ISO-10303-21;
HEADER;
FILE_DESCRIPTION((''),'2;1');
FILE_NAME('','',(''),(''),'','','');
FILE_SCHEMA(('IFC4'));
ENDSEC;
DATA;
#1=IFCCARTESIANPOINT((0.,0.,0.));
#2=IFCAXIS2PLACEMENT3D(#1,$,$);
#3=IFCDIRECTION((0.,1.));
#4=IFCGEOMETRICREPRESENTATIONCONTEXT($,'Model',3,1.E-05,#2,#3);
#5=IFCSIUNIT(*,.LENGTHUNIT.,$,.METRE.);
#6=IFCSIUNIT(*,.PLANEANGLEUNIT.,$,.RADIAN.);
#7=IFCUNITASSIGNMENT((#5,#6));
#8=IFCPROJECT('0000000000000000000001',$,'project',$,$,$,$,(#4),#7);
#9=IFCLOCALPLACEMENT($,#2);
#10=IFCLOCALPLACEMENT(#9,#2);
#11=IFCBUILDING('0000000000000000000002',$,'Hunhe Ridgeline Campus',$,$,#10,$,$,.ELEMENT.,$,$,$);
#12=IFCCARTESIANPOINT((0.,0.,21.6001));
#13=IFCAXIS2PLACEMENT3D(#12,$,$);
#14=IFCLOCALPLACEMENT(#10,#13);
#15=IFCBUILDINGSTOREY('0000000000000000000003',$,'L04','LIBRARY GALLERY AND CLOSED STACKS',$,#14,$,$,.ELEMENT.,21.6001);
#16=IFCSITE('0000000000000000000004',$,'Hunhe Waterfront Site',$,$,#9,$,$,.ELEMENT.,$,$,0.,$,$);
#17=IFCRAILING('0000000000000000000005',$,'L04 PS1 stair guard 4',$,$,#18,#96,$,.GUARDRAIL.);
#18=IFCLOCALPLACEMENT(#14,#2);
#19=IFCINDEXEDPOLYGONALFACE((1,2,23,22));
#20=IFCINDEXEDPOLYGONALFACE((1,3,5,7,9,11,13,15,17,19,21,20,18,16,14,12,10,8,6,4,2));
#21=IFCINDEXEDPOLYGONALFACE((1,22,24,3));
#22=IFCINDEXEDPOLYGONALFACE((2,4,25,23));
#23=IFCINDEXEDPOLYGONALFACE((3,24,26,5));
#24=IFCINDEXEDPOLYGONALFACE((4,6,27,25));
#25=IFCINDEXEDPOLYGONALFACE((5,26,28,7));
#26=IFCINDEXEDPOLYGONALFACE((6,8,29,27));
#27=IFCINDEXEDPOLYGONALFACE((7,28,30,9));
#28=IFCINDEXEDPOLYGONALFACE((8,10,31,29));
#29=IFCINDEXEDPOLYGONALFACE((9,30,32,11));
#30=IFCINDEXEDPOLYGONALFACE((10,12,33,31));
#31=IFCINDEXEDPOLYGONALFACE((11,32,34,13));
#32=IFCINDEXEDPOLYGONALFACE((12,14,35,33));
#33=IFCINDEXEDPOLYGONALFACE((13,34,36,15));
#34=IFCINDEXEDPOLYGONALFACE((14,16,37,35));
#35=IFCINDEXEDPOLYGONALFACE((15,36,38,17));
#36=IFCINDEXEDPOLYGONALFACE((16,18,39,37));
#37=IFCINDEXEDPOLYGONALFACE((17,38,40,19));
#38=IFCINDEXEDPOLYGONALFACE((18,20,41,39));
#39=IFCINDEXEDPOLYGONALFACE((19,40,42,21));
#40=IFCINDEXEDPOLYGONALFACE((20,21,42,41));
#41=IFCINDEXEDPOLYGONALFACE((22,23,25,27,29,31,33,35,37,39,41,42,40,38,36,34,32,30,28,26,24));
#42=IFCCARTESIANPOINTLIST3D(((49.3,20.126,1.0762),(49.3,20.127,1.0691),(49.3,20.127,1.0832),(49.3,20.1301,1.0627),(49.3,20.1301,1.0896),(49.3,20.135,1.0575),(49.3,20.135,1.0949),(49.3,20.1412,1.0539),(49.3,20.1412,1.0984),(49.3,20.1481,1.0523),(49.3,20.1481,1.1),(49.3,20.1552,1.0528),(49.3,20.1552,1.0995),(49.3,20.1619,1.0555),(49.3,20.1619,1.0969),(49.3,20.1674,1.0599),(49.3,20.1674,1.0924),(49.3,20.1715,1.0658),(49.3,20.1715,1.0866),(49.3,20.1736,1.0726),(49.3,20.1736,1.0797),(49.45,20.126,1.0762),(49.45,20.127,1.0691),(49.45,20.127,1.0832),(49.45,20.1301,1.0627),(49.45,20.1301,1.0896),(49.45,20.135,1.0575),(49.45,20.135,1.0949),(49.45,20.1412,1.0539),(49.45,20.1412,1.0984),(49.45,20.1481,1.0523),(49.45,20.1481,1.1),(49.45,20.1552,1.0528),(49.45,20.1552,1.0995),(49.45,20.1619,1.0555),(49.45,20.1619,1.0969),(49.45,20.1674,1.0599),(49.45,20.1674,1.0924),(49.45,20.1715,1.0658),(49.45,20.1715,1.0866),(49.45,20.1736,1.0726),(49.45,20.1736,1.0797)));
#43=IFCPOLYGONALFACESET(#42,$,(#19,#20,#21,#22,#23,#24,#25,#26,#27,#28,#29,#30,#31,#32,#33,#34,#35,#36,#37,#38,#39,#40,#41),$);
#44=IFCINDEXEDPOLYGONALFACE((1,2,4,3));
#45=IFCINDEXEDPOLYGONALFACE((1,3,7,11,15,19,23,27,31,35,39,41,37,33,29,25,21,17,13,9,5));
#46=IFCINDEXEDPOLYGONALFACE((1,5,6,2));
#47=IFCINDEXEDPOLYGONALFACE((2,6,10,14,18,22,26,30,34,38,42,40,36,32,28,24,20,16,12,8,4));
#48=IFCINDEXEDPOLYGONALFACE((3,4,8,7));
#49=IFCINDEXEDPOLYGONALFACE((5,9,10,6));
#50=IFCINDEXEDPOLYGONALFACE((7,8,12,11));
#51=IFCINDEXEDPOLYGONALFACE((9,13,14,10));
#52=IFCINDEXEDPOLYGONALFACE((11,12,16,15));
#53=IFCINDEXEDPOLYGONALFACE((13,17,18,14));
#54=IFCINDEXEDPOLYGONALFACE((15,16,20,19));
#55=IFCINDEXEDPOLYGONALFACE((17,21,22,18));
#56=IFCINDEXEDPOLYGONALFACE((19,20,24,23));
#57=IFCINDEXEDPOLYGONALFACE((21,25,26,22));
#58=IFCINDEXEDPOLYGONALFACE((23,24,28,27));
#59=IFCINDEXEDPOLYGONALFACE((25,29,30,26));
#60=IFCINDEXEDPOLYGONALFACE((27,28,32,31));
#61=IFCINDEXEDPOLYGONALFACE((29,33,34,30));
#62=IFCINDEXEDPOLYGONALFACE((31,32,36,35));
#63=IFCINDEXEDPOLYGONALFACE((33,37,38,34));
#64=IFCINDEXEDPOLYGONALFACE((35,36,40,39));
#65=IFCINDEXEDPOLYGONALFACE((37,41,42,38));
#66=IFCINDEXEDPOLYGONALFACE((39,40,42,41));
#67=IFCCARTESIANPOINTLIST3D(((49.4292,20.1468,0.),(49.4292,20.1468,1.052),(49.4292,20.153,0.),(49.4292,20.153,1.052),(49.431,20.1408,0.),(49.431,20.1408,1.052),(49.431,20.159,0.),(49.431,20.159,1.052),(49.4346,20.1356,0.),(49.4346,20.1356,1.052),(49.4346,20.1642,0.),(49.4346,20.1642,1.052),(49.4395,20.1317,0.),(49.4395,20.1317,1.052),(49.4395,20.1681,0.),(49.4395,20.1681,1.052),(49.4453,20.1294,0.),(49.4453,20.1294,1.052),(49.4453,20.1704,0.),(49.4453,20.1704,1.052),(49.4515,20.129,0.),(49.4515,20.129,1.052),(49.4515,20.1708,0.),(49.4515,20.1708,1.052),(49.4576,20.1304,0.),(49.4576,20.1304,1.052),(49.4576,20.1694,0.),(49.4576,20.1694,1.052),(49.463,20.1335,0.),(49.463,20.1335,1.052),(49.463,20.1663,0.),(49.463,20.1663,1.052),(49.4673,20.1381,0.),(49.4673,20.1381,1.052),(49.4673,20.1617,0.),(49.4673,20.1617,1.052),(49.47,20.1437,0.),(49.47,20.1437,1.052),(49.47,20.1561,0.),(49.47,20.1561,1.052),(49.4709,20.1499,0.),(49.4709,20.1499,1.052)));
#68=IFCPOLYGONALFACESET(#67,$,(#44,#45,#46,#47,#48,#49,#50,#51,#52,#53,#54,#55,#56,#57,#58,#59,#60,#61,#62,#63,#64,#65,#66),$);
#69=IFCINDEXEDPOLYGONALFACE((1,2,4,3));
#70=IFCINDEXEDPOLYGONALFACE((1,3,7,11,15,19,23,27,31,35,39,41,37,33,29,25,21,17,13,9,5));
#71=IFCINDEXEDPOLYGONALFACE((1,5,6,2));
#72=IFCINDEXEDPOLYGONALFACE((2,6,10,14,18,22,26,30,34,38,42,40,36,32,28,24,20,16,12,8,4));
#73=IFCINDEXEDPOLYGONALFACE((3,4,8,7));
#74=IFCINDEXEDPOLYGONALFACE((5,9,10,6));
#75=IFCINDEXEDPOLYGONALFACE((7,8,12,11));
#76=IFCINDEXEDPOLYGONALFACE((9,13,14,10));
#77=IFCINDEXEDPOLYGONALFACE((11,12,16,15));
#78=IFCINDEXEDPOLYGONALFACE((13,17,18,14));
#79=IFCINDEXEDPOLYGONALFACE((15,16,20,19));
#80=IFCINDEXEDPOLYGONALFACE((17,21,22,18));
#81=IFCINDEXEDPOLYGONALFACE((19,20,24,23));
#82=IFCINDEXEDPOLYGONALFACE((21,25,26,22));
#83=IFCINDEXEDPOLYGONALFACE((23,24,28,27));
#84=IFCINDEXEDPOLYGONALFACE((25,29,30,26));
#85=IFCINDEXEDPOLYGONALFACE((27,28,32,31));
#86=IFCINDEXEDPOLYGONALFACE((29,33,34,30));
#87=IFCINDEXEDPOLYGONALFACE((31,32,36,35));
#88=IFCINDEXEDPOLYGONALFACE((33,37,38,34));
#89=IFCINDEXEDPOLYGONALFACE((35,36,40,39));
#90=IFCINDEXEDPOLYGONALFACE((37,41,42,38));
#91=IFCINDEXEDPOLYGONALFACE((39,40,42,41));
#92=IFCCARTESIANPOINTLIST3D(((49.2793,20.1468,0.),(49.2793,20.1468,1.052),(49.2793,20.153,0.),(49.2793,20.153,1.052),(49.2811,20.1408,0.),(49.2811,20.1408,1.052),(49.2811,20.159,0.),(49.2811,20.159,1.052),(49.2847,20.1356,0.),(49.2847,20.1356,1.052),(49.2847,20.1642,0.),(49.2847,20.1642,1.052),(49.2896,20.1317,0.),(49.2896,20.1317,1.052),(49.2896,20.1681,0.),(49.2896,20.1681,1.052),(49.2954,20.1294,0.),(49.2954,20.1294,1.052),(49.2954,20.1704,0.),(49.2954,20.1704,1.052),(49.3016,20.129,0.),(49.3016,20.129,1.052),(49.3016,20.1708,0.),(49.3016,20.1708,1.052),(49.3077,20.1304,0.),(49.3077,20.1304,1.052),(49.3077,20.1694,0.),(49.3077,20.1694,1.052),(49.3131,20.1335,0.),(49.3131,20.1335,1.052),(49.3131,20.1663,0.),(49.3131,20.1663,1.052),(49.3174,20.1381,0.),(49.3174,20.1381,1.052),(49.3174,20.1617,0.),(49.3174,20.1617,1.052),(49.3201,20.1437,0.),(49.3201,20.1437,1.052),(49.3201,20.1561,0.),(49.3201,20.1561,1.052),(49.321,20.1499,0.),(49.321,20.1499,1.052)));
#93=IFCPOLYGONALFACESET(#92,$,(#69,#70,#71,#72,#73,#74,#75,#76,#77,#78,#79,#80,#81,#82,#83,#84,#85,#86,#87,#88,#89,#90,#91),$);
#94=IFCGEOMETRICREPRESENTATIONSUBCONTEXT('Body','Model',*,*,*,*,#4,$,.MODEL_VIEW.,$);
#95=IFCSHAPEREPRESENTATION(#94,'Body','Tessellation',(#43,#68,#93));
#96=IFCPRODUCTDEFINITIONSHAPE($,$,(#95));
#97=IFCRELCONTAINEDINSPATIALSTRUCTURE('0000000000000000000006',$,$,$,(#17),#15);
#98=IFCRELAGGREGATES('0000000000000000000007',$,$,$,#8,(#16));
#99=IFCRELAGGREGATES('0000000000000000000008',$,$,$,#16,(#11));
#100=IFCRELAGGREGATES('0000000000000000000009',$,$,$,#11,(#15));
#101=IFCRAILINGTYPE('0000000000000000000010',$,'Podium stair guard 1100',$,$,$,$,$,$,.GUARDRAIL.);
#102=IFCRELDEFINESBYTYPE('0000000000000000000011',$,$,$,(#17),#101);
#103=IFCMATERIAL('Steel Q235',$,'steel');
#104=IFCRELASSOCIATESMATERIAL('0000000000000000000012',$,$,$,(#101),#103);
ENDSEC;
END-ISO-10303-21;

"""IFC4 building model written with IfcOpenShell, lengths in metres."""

from ifc_helpers import new_model, si_unit, direction, frame, origin, origin_2d, place, context, subcontext, project, spatial, circle, extrude, material, type_object, element, save


model = new_model("IFC4")

# Units and contexts
model_context = context("Model", 3, precision=1e-05, world=origin(), true_north=direction((0.0, 1.0)))
body_context = subcontext(model_context, "Body", "Model", "MODEL_VIEW")
ifc_project = project(units=[si_unit("LENGTHUNIT", "METRE"), si_unit("PLANEANGLEUNIT", "RADIAN")], contexts=[model_context])

# Site, building, storey
site_placement = place(None, origin())
site = spatial("IfcSite", under=ifc_project, at=site_placement, Name="Hunhe Waterfront Site", CompositionType="ELEMENT", RefElevation=0.0)
building_placement = place(site_placement, origin())
building = spatial("IfcBuilding", under=site, at=building_placement, Name="Hunhe Ridgeline Campus", CompositionType="ELEMENT")
storey_placement = place(building_placement, frame((0.0, 0.0, 21.6001)))
storey = spatial("IfcBuildingStorey", under=building, at=storey_placement, Name="L04", Description="LIBRARY GALLERY AND CLOSED STACKS", CompositionType="ELEMENT", Elevation=21.6001)

# Railing
ifc_material_1 = material(Name="Steel Q235", Category="steel")
railing_type_1 = type_object("IfcRailingType", Name="Podium stair guard 1100", PredefinedType="GUARDRAIL", material=ifc_material_1)
railing_1_placement = place(storey_placement, frame((49.45, 20.1499, 0.0)))
element("IfcRailing", 1, at=railing_1_placement, inside=storey, type_object=railing_type_1, Name="L04 PS1 stair guard 4", PredefinedType="GUARDRAIL", context=body_context, shape_type="SweptSolid", body=[
    extrude(circle(Radius=0.0239, at=origin_2d()), frame((0.0, 0.0, 1.0762), z_axis=(-1.0, 0.0, 0.0), x_axis=(0.0, -1.0, 0.0)), (0.0, 0.0, 1.0), 0.1499),
    extrude(circle(Radius=0.021, at=origin_2d()), origin(), (0.0, 0.0, 1.0), 1.052),
    extrude(circle(Radius=0.021, at=origin_2d()), frame((-0.1499, 0.0, 0.0)), (0.0, 0.0, 1.0), 1.052),
])

save(model, "model.ifc")
